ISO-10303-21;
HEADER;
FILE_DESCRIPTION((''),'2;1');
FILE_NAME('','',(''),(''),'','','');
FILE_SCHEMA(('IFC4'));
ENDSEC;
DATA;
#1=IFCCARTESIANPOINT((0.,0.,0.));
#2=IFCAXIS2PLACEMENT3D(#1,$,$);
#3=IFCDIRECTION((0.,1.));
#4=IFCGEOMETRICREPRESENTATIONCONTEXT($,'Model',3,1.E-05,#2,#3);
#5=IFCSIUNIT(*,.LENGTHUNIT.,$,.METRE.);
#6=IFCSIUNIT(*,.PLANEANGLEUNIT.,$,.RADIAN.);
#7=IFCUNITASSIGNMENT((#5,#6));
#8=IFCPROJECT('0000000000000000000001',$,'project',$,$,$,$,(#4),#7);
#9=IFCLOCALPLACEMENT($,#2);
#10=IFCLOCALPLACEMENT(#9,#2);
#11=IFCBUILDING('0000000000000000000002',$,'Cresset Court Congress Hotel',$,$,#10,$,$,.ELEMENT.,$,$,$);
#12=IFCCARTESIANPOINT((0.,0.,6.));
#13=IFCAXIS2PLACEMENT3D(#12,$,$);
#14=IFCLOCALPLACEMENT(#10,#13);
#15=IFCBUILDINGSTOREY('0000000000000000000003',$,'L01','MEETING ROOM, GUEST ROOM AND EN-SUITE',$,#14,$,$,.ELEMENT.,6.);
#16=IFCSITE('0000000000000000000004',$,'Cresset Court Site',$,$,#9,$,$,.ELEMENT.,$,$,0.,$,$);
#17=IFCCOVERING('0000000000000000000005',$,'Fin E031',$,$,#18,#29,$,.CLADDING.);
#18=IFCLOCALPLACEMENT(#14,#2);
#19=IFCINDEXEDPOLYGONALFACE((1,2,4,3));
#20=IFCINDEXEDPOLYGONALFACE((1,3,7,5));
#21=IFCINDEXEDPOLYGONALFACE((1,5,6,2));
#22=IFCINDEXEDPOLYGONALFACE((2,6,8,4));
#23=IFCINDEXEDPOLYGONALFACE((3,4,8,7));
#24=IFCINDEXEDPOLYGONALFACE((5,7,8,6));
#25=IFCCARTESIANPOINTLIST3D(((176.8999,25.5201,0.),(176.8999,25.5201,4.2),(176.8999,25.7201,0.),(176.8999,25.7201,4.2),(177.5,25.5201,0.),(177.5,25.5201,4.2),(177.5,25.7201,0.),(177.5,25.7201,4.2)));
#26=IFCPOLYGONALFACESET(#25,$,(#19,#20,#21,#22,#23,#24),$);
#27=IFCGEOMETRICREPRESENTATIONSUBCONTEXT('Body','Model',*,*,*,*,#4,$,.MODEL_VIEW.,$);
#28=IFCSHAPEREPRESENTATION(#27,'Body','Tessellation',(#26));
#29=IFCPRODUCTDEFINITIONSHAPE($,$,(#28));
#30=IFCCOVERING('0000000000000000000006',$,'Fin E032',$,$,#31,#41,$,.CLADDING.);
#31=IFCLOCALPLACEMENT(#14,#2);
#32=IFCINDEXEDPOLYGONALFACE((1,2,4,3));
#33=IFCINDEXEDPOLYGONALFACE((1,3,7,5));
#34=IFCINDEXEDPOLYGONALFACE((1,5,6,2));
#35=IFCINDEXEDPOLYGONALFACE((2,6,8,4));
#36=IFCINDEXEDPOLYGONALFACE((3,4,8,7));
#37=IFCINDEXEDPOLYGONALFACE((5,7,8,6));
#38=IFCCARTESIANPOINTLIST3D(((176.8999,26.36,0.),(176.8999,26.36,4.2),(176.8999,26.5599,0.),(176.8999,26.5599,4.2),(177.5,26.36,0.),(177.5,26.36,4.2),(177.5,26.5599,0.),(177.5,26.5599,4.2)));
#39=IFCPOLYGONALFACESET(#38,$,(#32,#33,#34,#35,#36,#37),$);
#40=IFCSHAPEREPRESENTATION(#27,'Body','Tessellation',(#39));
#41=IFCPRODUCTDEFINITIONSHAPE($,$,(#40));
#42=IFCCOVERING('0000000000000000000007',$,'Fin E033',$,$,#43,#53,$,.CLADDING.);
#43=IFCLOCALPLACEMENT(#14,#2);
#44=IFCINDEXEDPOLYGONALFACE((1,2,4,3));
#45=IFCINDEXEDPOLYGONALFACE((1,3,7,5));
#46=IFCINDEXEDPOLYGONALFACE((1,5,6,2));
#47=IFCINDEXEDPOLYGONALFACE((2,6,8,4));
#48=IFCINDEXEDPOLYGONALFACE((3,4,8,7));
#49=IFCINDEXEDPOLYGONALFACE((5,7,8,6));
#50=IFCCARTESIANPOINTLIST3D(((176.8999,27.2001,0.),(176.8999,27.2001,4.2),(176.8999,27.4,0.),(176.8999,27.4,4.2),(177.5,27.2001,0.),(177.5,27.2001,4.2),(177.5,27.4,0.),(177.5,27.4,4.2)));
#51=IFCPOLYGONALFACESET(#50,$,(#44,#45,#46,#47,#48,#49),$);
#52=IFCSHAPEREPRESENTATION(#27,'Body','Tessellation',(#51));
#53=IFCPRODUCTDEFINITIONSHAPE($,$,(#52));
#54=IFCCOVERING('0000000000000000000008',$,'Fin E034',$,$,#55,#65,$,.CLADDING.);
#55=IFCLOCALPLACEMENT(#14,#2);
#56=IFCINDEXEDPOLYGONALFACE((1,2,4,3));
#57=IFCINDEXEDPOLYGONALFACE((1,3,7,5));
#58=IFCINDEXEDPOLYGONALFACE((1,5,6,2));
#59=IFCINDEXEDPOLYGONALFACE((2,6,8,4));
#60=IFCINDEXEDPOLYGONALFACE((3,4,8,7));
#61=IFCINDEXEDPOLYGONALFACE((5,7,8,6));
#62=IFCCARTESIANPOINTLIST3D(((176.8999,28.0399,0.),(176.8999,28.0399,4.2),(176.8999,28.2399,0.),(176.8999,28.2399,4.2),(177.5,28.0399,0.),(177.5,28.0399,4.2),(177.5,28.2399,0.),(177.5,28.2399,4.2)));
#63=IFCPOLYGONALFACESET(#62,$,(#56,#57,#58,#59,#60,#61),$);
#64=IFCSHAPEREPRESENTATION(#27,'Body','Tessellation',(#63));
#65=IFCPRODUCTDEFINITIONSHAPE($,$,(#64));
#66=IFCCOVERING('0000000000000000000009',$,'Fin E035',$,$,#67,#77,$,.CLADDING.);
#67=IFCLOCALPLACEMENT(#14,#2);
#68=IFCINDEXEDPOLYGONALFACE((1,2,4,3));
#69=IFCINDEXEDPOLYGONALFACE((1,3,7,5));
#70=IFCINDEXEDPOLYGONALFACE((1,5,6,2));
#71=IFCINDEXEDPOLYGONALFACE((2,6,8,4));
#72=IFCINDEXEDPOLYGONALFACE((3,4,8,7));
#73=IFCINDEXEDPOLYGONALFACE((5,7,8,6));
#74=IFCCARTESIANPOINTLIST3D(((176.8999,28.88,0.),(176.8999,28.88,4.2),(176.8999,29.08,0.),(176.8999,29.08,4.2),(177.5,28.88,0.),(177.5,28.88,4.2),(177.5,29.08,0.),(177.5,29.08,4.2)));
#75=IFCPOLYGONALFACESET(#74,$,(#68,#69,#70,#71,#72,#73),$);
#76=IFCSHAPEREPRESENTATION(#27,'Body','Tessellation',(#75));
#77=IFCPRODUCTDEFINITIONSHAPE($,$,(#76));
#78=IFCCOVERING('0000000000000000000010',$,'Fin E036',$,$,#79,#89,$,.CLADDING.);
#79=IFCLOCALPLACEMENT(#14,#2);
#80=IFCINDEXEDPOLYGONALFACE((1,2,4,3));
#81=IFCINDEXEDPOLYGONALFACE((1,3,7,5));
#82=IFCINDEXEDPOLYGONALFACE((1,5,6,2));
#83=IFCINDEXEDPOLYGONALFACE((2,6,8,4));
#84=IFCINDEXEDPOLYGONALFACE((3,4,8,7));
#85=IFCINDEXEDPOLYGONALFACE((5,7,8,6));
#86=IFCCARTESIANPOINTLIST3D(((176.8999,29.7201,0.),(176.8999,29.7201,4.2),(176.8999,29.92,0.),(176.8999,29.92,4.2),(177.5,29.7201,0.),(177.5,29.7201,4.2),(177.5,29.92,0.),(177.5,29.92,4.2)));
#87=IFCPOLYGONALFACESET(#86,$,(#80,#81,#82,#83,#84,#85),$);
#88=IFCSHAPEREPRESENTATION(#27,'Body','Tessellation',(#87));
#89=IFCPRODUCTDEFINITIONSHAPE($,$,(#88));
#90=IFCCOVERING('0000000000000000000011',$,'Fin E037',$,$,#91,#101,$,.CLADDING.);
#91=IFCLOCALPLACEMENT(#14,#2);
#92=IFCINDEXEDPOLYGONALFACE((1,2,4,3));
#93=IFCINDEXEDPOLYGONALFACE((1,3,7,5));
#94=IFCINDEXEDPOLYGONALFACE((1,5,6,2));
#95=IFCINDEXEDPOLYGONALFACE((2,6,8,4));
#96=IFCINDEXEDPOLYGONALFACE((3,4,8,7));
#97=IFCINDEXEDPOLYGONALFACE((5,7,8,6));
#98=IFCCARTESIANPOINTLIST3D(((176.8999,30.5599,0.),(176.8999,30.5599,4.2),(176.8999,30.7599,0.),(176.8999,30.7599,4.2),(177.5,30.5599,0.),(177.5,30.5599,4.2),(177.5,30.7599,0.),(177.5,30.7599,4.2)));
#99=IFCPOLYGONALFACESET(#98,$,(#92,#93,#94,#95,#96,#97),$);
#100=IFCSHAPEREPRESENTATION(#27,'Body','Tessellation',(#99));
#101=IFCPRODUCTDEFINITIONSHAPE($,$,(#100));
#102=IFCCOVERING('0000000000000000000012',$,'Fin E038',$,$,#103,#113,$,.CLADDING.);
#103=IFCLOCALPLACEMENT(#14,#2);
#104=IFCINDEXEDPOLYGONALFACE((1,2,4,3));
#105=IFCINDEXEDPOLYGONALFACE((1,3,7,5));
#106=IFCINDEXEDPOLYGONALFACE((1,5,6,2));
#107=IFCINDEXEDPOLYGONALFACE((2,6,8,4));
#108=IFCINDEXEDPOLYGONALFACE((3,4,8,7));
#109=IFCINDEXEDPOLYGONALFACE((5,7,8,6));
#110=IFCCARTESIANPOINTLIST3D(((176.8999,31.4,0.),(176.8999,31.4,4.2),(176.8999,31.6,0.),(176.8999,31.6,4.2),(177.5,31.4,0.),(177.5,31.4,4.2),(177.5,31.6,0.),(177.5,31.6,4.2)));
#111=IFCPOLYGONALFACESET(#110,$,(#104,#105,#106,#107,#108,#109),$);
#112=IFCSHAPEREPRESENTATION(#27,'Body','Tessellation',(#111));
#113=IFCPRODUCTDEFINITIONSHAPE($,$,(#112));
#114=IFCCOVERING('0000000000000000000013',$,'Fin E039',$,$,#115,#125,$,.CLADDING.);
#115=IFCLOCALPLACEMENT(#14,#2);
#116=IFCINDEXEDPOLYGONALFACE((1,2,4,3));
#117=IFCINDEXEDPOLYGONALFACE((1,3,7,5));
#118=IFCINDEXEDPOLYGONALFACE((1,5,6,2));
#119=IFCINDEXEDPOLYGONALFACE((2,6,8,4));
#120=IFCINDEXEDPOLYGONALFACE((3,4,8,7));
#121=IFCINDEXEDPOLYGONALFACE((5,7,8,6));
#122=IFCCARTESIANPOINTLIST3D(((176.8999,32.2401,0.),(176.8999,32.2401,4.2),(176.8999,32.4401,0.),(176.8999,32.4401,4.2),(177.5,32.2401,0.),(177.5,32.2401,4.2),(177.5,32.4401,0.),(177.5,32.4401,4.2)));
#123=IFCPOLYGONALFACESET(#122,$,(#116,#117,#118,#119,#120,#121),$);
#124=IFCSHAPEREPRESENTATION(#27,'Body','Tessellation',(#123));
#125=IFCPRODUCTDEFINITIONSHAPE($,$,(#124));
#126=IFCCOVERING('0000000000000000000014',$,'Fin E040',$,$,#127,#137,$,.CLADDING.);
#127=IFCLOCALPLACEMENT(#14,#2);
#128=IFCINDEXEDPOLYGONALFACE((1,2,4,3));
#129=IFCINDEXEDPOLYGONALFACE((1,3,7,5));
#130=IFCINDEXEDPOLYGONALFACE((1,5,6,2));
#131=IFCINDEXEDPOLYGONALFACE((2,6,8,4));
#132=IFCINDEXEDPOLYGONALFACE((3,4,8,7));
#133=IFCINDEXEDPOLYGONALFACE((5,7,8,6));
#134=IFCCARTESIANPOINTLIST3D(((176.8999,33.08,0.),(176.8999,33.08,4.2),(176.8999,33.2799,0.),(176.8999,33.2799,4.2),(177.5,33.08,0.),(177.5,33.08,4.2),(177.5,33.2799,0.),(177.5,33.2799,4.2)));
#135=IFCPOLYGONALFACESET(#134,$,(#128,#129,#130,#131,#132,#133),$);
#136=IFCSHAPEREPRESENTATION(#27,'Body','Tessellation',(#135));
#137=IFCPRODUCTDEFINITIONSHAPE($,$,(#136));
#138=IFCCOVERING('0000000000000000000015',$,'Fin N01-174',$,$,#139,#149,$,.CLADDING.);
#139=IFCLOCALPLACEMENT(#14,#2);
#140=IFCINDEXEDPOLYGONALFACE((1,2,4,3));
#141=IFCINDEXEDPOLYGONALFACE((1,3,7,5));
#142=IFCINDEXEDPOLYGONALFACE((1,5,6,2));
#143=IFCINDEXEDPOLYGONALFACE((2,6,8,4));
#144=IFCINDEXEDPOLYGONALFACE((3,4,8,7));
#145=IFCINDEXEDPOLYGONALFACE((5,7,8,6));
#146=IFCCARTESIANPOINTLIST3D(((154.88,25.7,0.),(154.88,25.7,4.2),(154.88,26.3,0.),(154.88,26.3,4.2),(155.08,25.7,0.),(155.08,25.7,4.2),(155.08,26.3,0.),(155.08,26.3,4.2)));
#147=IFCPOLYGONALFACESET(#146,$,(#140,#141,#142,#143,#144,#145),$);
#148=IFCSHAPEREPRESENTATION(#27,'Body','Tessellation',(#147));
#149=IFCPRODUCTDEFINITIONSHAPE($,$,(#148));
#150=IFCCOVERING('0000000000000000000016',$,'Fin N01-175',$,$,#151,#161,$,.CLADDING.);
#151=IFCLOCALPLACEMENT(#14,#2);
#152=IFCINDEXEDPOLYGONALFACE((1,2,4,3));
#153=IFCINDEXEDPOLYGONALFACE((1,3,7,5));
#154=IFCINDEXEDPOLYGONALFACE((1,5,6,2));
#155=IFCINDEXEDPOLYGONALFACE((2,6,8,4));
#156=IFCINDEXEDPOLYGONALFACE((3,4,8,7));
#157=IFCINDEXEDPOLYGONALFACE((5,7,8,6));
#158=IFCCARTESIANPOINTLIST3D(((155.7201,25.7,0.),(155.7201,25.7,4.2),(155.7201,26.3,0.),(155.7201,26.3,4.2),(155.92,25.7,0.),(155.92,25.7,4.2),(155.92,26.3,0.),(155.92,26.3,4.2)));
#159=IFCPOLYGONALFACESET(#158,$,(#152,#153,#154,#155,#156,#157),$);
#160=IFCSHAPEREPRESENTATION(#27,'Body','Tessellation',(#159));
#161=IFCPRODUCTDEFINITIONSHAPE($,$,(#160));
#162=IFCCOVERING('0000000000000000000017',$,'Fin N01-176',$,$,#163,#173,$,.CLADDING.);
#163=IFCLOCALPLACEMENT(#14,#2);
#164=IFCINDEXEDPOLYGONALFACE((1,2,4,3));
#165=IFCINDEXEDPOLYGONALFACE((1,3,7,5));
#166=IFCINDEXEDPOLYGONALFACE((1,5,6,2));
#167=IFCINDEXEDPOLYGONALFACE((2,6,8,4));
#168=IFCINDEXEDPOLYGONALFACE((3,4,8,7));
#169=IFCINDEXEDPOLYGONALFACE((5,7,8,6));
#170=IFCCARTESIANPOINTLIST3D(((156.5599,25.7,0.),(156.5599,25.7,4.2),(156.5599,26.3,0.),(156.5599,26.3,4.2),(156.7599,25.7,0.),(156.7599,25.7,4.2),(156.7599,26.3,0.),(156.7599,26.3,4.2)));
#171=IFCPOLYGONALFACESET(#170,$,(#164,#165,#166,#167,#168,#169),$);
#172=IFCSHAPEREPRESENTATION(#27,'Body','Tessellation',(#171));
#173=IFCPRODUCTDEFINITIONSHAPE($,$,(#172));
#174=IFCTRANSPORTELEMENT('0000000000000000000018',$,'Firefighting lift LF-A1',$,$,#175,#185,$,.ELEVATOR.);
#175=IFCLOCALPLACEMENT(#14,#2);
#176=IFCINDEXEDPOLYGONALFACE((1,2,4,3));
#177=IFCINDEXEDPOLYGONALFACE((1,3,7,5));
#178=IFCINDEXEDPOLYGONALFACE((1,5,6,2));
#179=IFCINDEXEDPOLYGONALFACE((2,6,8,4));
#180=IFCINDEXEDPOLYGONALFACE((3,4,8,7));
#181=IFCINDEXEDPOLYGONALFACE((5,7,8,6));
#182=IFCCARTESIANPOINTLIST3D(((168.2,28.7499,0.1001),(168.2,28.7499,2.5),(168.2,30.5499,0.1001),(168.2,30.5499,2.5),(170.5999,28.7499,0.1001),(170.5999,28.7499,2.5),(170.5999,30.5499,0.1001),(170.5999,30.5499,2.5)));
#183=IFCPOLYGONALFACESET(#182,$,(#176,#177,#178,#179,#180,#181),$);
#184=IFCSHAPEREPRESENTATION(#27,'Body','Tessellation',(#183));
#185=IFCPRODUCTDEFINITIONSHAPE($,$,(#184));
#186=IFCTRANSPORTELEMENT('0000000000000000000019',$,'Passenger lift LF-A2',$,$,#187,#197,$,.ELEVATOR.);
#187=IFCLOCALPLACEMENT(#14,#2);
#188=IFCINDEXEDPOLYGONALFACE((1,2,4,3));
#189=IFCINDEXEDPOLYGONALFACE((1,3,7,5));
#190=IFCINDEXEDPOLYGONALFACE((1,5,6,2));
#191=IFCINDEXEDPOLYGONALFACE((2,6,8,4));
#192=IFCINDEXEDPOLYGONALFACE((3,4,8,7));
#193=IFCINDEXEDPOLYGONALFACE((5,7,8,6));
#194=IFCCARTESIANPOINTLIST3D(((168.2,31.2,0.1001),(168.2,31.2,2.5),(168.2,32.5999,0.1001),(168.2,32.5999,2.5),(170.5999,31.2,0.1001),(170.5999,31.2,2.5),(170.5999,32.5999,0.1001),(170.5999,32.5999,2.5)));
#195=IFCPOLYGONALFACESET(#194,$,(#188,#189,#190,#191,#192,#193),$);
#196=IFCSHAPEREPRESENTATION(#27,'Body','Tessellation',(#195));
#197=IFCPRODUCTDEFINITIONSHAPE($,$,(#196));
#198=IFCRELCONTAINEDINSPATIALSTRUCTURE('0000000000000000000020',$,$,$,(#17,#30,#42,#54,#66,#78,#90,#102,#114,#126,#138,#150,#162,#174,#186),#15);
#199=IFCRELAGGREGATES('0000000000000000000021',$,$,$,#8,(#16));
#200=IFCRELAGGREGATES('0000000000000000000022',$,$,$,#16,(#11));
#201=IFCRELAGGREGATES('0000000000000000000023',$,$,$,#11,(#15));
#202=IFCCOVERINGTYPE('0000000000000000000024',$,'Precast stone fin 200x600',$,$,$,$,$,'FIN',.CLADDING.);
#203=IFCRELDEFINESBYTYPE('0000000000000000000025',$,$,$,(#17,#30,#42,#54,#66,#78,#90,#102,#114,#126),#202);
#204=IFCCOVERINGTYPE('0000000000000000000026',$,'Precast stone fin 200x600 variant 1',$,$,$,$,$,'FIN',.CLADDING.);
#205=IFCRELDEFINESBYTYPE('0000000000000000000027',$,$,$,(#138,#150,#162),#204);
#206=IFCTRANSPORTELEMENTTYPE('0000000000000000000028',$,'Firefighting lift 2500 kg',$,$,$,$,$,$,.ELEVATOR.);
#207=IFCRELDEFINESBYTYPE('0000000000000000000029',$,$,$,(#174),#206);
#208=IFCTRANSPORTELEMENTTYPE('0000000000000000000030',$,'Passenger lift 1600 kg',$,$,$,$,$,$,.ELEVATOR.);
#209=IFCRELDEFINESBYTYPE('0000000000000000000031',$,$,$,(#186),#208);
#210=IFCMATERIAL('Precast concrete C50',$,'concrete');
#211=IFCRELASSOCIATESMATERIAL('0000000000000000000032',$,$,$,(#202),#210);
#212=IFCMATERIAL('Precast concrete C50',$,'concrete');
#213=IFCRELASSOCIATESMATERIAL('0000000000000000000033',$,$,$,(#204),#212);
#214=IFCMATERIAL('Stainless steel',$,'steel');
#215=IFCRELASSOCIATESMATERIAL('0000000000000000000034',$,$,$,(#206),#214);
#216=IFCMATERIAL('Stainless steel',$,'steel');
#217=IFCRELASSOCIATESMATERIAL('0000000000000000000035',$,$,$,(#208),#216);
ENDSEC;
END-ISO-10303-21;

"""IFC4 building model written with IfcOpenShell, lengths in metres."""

from ifc_helpers import new_model, si_unit, direction, frame, origin, origin_2d, place, context, subcontext, project, spatial, rectangle, extrude, material, type_object, element, save


model = new_model("IFC4")

# Units and contexts
model_context = context("Model", 3, precision=1e-05, world=origin(), true_north=direction((0.0, 1.0)))
body_context = subcontext(model_context, "Body", "Model", "MODEL_VIEW")
ifc_project = project(units=[si_unit("LENGTHUNIT", "METRE"), si_unit("PLANEANGLEUNIT", "RADIAN")], contexts=[model_context])

# Site, building, storey
site_placement = place(None, origin())
site = spatial("IfcSite", under=ifc_project, at=site_placement, Name="Cresset Court Site", CompositionType="ELEMENT", RefElevation=0.0)
building_placement = place(site_placement, origin())
building = spatial("IfcBuilding", under=site, at=building_placement, Name="Cresset Court Congress Hotel", CompositionType="ELEMENT")
storey_placement = place(building_placement, frame((0.0, 0.0, 6.0)))
storey = spatial("IfcBuildingStorey", under=building, at=storey_placement, Name="L01", Description="MEETING ROOM, GUEST ROOM AND EN-SUITE", CompositionType="ELEMENT", Elevation=6.0)

# Coverings
ifc_material_1 = material(Name="Precast concrete C50", Category="concrete")
covering_type_1 = type_object("IfcCoveringType", Name="Precast stone fin 200x600", ElementType="FIN", PredefinedType="CLADDING", material=ifc_material_1)
for number, where, z_axis, x_axis, name in (
    (1, (177.2, 25.6201, 0.0), (0.0, 0.0, 1.0), (1.0, 0.0, 0.0), "Fin E031"),
    (2, (177.2, 26.46, 0.0), (0.0, 0.0, 1.0), (1.0, 0.0, 0.0), "Fin E032"),
    (3, (177.2, 27.3, 0.0), (0.0, 0.0, 1.0), (1.0, 0.0, 0.0), "Fin E033"),
    (4, (177.2, 28.1399, 0.0), (0.0, 0.0, 1.0), (1.0, 0.0, 0.0), "Fin E034"),
    (5, (177.2, 28.98, 0.0), (0.0, 0.0, 1.0), (1.0, 0.0, 0.0), "Fin E035"),
    (6, (177.2, 29.8201, 0.0), (0.0, 0.0, 1.0), (1.0, 0.0, 0.0), "Fin E036"),
    (7, (177.2, 30.6599, 0.0), (0.0, 0.0, 1.0), (1.0, 0.0, 0.0), "Fin E037"),
    (8, (177.2, 31.5, 0.0), (0.0, 0.0, 1.0), (1.0, 0.0, 0.0), "Fin E038"),
    (9, (177.2, 32.3401, 0.0), (0.0, 0.0, 1.0), (1.0, 0.0, 0.0), "Fin E039"),
    (10, (177.2, 33.1799, 0.0), (0.0, 0.0, 1.0), (1.0, 0.0, 0.0), "Fin E040"),
):
    element("IfcCovering", number, at=place(storey_placement, frame(where, z_axis=z_axis, x_axis=x_axis)), inside=storey, type_object=covering_type_1, Name=name, PredefinedType="CLADDING", context=body_context, shape_type="SweptSolid", body=[
        extrude(rectangle(XDim=0.6001, YDim=0.2, at=origin_2d()), origin(), (0.0, 0.0, 1.0), 4.2),
    ])
ifc_material_2 = material(Name="Precast concrete C50", Category="concrete")
covering_type_2 = type_object("IfcCoveringType", Name="Precast stone fin 200x600 variant 1", ElementType="FIN", PredefinedType="CLADDING", material=ifc_material_2)
for number, where, z_axis, x_axis, name in (
    (11, (154.98, 26.0, 0.0), (0.0, 0.0, 1.0), (1.0, 0.0, 0.0), "Fin N01-174"),
    (12, (155.8201, 26.0, 0.0), (0.0, 0.0, 1.0), (1.0, 0.0, 0.0), "Fin N01-175"),
    (13, (156.6599, 26.0, 0.0), (0.0, 0.0, 1.0), (1.0, 0.0, 0.0), "Fin N01-176"),
):
    element("IfcCovering", number, at=place(storey_placement, frame(where, z_axis=z_axis, x_axis=x_axis)), inside=storey, type_object=covering_type_2, Name=name, PredefinedType="CLADDING", context=body_context, shape_type="SweptSolid", body=[
        extrude(rectangle(XDim=0.2, YDim=0.6001, at=origin_2d()), origin(), (0.0, 0.0, 1.0), 4.2),
    ])

# Transport elements
ifc_material_3 = material(Name="Stainless steel", Category="steel")
transport_element_type_1 = type_object("IfcTransportElementType", Name="Firefighting lift 2500 kg", PredefinedType="ELEVATOR", material=ifc_material_3)
transport_element_1_placement = place(storey_placement, frame((169.3999, 29.6499, 0.1001), z_axis=(0.0, 0.0, 1.0), x_axis=(1.0, 0.0, 0.0)))
element("IfcTransportElement", 14, at=transport_element_1_placement, inside=storey, type_object=transport_element_type_1, Name="Firefighting lift LF-A1", PredefinedType="ELEVATOR", context=body_context, shape_type="SweptSolid", body=[
    extrude(rectangle(XDim=2.3999, YDim=1.8, at=origin_2d()), origin(), (0.0, 0.0, 1.0), 2.3999),
])
ifc_material_4 = material(Name="Stainless steel", Category="steel")
transport_element_type_2 = type_object("IfcTransportElementType", Name="Passenger lift 1600 kg", PredefinedType="ELEVATOR", material=ifc_material_4)
transport_element_2_placement = place(storey_placement, frame((169.3999, 31.8999, 0.1001), z_axis=(0.0, 0.0, 1.0), x_axis=(1.0, 0.0, 0.0)))
element("IfcTransportElement", 15, at=transport_element_2_placement, inside=storey, type_object=transport_element_type_2, Name="Passenger lift LF-A2", PredefinedType="ELEVATOR", context=body_context, shape_type="SweptSolid", body=[
    extrude(rectangle(XDim=2.3999, YDim=1.3999, at=origin_2d()), origin(), (0.0, 0.0, 1.0), 2.3999),
])

save(model, "model.ifc")
